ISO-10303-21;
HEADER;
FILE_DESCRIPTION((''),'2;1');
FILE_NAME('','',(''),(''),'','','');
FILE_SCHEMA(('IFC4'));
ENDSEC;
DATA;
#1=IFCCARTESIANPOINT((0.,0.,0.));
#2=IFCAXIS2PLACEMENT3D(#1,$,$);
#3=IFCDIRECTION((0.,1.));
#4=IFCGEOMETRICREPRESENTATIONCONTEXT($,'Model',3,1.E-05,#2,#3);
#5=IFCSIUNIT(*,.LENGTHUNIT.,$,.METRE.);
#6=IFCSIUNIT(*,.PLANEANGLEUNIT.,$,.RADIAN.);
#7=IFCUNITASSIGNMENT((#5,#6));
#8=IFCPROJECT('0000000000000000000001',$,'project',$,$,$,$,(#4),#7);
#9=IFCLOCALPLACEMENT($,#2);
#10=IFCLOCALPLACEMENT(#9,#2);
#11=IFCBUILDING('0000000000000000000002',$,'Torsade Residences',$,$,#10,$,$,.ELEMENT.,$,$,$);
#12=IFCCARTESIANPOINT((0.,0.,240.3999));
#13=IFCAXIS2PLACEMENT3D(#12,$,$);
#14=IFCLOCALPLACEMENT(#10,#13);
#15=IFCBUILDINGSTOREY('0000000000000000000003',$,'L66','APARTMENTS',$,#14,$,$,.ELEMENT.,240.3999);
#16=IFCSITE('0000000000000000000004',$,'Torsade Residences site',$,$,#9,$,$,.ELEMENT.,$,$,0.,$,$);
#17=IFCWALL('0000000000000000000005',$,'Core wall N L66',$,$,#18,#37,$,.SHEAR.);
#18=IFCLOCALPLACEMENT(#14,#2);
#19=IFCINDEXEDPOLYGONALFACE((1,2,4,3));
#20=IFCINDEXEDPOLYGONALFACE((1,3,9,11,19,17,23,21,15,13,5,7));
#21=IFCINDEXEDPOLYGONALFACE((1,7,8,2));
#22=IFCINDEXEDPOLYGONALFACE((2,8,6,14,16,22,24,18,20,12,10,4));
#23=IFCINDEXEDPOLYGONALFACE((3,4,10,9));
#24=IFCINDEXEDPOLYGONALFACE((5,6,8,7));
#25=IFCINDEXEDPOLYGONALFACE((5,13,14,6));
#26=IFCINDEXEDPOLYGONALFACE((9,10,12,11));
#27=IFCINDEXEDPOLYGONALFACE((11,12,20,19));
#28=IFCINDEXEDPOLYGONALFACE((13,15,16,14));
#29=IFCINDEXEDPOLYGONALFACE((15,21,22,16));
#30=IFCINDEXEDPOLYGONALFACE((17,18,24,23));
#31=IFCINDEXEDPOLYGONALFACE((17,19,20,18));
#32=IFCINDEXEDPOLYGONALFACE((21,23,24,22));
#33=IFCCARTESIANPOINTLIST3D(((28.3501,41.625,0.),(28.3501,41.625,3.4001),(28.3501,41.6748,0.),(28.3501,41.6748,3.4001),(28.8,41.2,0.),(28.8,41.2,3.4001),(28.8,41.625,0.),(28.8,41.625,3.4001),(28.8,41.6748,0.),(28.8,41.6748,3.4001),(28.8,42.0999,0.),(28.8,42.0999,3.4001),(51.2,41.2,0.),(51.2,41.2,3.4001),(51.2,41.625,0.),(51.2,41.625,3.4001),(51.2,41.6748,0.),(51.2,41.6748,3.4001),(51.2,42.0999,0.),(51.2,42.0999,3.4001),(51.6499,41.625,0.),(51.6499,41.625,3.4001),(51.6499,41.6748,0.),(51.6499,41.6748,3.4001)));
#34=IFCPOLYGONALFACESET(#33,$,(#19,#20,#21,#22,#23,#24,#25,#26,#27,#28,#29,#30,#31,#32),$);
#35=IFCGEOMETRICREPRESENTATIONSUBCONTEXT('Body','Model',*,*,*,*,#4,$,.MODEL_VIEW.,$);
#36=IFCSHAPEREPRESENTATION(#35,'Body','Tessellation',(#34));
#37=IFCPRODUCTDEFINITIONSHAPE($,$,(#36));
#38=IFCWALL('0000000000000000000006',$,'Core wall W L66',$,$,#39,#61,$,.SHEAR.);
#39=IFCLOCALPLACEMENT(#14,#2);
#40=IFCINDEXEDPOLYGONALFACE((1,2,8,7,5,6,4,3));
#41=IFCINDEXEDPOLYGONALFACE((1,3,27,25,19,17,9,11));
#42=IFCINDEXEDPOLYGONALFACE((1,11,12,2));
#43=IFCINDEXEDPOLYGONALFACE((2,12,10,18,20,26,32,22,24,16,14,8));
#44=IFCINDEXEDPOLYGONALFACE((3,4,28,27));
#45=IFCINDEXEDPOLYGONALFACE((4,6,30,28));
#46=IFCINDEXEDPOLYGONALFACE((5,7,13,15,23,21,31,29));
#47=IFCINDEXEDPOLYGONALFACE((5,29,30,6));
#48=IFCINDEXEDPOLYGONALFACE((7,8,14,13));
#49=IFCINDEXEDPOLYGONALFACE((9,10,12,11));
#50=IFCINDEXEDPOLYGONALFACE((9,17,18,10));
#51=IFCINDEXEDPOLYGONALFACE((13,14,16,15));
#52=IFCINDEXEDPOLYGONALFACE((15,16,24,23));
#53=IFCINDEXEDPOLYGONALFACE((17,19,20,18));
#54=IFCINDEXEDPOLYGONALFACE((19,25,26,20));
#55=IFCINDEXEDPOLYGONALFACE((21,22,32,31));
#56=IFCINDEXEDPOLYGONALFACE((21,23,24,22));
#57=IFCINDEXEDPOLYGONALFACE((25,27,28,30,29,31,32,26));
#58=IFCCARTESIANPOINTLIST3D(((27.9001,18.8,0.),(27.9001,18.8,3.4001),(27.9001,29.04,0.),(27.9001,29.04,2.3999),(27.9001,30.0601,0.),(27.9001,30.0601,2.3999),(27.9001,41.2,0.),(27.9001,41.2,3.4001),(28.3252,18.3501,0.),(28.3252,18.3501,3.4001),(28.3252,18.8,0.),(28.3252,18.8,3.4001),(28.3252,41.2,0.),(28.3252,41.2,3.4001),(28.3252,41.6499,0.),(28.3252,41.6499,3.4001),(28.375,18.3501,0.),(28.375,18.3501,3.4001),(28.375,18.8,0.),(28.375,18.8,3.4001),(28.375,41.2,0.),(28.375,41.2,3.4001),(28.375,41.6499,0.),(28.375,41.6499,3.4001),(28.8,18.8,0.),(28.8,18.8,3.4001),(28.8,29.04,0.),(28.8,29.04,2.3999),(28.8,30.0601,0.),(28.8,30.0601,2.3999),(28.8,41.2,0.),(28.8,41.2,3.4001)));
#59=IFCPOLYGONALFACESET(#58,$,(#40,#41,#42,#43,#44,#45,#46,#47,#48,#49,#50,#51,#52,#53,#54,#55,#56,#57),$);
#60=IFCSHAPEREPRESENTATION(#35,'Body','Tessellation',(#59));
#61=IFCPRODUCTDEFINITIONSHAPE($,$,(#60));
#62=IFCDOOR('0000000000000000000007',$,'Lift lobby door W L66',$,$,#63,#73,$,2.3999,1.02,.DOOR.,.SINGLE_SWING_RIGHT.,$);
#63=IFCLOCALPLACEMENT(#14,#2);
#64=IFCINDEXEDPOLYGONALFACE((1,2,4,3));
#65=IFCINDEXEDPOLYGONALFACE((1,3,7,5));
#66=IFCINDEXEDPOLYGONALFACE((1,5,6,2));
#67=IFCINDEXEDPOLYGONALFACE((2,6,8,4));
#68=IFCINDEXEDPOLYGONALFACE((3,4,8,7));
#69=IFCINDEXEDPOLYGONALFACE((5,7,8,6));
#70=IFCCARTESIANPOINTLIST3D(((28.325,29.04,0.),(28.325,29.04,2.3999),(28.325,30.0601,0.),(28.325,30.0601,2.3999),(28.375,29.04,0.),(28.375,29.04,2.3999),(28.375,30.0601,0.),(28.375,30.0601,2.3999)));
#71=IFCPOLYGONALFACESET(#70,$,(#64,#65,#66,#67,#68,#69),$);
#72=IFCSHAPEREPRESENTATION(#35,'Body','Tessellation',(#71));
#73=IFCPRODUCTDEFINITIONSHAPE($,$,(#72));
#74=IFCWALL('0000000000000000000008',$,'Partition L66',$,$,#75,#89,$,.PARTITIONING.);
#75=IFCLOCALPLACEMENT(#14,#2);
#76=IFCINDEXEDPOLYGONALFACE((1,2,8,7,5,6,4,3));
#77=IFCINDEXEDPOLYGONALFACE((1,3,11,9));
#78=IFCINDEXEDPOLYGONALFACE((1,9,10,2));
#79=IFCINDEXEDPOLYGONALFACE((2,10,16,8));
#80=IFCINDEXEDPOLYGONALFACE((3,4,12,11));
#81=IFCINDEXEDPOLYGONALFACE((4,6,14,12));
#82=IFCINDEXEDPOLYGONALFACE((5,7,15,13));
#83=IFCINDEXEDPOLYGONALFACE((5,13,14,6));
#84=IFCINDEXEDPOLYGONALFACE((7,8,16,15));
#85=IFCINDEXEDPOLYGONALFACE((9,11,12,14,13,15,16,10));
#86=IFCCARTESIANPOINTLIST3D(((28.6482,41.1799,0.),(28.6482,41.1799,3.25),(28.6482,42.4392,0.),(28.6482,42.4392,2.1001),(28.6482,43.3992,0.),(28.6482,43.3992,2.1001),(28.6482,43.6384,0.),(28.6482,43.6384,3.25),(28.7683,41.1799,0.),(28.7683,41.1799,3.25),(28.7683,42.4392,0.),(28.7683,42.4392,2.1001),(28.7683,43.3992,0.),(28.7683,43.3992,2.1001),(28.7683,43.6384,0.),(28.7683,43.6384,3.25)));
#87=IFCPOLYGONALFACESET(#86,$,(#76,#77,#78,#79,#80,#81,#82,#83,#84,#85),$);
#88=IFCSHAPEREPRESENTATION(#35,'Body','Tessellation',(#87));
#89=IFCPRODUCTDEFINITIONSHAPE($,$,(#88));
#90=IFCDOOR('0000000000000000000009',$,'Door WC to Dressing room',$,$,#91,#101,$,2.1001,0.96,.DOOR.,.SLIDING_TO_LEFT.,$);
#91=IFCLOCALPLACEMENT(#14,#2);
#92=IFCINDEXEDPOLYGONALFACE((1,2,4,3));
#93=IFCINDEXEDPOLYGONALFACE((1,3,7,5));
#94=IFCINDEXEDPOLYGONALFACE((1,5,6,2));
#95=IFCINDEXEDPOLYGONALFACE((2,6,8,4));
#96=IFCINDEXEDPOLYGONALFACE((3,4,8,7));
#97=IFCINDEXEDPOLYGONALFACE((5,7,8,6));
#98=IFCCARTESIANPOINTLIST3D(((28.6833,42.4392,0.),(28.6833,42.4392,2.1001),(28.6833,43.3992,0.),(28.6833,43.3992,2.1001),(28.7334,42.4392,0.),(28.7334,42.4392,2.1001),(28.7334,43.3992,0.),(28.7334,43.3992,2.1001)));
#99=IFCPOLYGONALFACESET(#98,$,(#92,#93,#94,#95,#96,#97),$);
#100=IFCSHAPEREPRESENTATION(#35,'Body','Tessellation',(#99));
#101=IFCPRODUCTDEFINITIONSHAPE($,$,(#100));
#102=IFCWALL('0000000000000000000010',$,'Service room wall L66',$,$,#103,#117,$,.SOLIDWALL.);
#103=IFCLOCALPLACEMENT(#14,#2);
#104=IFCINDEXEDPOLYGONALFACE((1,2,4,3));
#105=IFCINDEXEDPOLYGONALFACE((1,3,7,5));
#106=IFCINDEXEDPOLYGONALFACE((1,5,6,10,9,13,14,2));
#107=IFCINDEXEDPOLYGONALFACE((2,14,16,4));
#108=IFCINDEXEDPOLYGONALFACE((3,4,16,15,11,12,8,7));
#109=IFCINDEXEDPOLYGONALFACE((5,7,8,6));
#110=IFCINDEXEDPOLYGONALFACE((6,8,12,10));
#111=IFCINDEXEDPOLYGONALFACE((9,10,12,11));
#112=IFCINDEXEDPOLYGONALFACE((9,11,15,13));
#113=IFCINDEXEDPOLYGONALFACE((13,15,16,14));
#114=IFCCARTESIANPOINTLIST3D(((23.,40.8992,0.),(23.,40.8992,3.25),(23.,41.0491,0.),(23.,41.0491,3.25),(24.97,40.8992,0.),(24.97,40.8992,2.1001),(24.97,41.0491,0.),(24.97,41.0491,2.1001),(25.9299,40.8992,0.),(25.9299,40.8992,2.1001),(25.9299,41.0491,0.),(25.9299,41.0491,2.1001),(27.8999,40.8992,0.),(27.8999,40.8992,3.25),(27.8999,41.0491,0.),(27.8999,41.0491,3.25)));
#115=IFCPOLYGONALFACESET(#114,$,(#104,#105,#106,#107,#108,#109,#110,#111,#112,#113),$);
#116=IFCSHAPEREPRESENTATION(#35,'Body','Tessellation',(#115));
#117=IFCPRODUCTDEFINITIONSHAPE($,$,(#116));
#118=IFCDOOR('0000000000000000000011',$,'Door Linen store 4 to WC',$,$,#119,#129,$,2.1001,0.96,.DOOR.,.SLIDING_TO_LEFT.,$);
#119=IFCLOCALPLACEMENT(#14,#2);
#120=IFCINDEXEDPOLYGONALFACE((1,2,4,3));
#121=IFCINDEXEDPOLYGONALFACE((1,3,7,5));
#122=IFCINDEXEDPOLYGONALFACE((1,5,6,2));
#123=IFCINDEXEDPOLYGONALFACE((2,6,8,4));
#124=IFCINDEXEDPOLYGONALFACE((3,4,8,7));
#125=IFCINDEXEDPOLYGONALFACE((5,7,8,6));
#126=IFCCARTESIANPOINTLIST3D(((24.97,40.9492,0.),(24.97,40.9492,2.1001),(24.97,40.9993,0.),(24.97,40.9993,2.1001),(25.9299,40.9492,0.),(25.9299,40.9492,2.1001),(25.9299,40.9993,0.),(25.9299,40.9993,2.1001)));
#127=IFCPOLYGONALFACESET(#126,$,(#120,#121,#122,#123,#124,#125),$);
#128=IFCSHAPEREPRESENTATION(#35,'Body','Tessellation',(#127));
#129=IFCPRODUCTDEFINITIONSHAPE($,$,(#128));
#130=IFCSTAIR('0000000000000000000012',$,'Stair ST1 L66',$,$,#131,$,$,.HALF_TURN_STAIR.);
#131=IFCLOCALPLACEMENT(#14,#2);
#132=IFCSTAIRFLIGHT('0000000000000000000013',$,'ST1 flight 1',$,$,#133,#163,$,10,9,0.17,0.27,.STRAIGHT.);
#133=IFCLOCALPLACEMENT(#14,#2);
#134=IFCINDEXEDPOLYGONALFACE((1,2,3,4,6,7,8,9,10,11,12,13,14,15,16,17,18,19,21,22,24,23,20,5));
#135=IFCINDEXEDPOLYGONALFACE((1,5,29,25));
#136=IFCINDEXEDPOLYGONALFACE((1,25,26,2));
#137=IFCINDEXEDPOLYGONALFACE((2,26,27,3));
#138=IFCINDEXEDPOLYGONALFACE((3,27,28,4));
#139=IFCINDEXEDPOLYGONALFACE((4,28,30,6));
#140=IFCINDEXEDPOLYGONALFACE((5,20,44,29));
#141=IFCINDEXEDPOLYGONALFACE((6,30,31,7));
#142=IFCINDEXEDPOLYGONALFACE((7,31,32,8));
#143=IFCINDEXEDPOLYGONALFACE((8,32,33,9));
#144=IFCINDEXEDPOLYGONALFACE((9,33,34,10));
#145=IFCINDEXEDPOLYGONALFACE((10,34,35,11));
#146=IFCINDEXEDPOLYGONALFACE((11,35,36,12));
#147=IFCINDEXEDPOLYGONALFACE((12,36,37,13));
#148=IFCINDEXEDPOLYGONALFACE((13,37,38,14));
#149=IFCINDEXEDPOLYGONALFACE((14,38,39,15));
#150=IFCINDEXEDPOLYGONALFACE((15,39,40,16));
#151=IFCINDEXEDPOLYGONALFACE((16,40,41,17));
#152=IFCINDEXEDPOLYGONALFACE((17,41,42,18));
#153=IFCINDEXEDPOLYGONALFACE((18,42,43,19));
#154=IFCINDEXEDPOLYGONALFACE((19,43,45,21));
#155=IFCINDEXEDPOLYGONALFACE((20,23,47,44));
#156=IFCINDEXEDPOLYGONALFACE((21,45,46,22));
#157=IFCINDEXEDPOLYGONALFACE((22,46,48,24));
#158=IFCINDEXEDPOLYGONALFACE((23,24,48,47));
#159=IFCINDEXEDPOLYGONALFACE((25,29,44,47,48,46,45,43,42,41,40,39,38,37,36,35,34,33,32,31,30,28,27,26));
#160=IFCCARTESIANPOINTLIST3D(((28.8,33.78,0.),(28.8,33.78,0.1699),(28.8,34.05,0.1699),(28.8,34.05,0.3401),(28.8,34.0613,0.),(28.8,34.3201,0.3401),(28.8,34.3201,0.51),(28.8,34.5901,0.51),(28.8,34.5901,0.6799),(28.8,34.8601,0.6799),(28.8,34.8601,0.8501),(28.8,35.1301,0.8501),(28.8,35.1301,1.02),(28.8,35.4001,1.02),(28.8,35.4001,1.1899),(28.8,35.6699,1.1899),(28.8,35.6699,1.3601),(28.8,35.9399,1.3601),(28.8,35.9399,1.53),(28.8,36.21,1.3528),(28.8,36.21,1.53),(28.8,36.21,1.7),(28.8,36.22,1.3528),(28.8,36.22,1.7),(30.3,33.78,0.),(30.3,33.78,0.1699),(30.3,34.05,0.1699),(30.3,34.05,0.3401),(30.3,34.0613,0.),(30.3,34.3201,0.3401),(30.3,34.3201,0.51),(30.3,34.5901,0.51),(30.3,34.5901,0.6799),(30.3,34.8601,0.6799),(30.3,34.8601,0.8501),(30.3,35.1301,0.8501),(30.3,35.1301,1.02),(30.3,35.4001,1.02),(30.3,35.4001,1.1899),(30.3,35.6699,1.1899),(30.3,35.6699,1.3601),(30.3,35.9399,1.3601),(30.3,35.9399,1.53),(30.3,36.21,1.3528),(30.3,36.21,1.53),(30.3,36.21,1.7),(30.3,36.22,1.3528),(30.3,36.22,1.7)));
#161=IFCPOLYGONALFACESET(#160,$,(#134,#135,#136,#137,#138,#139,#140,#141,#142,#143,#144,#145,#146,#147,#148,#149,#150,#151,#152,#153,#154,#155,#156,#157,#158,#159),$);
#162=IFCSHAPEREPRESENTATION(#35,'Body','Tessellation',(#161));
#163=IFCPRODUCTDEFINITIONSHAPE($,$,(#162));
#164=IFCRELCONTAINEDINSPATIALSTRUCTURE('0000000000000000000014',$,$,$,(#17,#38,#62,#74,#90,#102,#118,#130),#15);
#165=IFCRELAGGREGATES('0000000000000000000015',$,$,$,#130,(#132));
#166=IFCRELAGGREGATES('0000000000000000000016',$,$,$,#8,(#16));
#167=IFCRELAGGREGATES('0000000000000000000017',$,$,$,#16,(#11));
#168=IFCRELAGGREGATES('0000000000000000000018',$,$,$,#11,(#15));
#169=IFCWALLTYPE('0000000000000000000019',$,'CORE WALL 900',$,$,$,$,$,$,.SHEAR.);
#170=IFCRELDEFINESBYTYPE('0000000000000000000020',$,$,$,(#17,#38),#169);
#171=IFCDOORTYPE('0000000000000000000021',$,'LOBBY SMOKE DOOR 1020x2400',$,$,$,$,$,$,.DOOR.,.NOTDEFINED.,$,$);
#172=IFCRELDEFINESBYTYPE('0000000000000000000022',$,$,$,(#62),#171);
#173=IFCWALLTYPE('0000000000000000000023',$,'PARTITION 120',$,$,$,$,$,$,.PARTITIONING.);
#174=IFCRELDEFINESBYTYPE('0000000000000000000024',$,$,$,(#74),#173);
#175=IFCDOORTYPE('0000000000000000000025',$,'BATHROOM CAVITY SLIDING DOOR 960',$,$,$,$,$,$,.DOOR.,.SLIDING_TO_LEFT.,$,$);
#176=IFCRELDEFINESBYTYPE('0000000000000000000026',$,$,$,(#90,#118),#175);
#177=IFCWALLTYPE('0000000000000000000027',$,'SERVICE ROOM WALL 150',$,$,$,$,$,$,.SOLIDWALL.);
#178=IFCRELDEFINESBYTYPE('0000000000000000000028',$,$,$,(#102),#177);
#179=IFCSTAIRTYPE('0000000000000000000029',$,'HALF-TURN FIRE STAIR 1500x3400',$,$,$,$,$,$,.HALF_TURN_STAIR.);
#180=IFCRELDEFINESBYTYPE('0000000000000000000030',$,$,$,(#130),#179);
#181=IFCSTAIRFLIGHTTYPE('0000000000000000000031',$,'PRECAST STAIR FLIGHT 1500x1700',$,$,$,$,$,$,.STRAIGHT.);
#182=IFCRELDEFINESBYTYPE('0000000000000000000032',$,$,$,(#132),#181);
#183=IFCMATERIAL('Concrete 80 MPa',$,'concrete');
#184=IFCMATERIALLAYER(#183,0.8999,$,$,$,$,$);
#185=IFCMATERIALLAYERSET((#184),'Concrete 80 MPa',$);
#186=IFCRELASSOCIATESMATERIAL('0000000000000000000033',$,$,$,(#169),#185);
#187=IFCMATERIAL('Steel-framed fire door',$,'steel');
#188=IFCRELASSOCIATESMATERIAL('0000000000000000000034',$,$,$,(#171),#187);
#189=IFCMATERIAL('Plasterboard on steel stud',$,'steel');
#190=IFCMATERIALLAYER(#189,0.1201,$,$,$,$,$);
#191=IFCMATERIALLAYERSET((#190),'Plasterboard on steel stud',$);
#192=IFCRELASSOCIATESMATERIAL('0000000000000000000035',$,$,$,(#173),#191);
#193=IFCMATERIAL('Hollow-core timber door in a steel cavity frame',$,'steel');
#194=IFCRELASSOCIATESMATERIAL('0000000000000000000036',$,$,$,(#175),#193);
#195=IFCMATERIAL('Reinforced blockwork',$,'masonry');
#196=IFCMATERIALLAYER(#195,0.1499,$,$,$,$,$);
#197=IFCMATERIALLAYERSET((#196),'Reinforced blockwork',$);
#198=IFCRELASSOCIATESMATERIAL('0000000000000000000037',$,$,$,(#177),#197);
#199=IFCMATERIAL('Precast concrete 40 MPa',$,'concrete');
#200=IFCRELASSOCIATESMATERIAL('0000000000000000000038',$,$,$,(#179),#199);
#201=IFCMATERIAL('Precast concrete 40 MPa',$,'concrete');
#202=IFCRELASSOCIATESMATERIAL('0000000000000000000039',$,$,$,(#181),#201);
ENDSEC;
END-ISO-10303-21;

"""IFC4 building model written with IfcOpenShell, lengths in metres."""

from ifc_helpers import new_model, si_unit, direction, frame, frame_2d, origin, place, context, subcontext, project, spatial, polyline, rectangle, outline, extrude, material, layer, layer_set, type_object, element, fill, aggregate, save


model = new_model("IFC4")

# Units and contexts
model_context = context("Model", 3, precision=1e-05, world=origin(), true_north=direction((0.0, 1.0)))
body_context = subcontext(model_context, "Body", "Model", "MODEL_VIEW")
ifc_project = project(units=[si_unit("LENGTHUNIT", "METRE"), si_unit("PLANEANGLEUNIT", "RADIAN")], contexts=[model_context])

# Site, building, storey
site_placement = place(None, origin())
site = spatial("IfcSite", under=ifc_project, at=site_placement, Name="Torsade Residences site", CompositionType="ELEMENT", RefElevation=0.0)
building_placement = place(site_placement, origin())
building = spatial("IfcBuilding", under=site, at=building_placement, Name="Torsade Residences", CompositionType="ELEMENT")
storey_placement = place(building_placement, frame((0.0, 0.0, 240.3999)))
storey = spatial("IfcBuildingStorey", under=building, at=storey_placement, Name="L66", Description="APARTMENTS", CompositionType="ELEMENT", Elevation=240.3999)

# Wall
ifc_material_1 = material(Name="Concrete 80 MPa", Category="concrete")
ifc_layer_1 = layer(ifc_material_1, 0.8999)
ifc_layer_set_1 = layer_set([ifc_layer_1], Name="Concrete 80 MPa")
wall_type_1 = type_object("IfcWallType", Name="CORE WALL 900", PredefinedType="SHEAR", material=ifc_layer_set_1)
wall_1_placement = place(storey_placement, frame((28.8, 41.6499, 0.0), z_axis=(0.0, 0.0, 1.0), x_axis=(1.0, 0.0, 0.0)))
element("IfcWall", 1, at=wall_1_placement, inside=storey, type_object=wall_type_1, Name="Core wall N L66", PredefinedType="SHEAR", context=body_context, shape_type="SweptSolid", body=[
    extrude(outline(polyline([(0.0, -0.45), (22.3999, -0.45), (22.3999, -0.0249), (22.8499, -0.0249), (22.8499, 0.0249), (22.3999, 0.0249), (22.3999, 0.45), (0.0, 0.45), (0.0, 0.0249), (-0.45, 0.0249), (-0.45, -0.0249), (0.0, -0.0249), (0.0, -0.45)])), origin(), (0.0, 0.0, 1.0), 3.4001),
])

# Walls, openings, doors
wall_2_placement = place(storey_placement, frame((28.3501, 41.2, 0.0), z_axis=(0.0, 0.0, 1.0), x_axis=(0.0, -1.0, 0.0)))
wall_2 = element("IfcWall", 2, at=wall_2_placement, inside=storey, type_object=wall_type_1, Name="Core wall W L66", PredefinedType="SHEAR", context=body_context, shape_type="SweptSolid", body=[
    extrude(outline(polyline([(0.0, -0.45), (22.3999, -0.45), (22.3999, -0.0249), (22.8499, -0.0249), (22.8499, 0.0249), (22.3999, 0.0249), (22.3999, 0.45), (0.0, 0.45), (0.0, 0.0249), (-0.45, 0.0249), (-0.45, -0.0249), (0.0, -0.0249), (0.0, -0.45)])), origin(), (0.0, 0.0, 1.0), 3.4001),
])
opening_1_placement = place(wall_2_placement, frame((11.1399, 0.0, 0.0)))
opening_1 = element("IfcOpeningElement", 3, at=opening_1_placement, cuts=wall_2, PredefinedType="OPENING", context=body_context, shape_type="SweptSolid", body=[
    extrude(rectangle(XDim=1.02, YDim=2.3999, at=frame_2d((0.51, 1.2))), frame((0.0, 0.46, 0.0), z_axis=(0.0, -1.0, 0.0), x_axis=(1.0, 0.0, 0.0)), (0.0, 0.0, 1.0), 0.9199),
])
ifc_material_2 = material(Name="Steel-framed fire door", Category="steel")
door_type_1 = type_object("IfcDoorType", Name="LOBBY SMOKE DOOR 1020x2400", OperationType="NOTDEFINED", PredefinedType="DOOR", material=ifc_material_2)
door_1_placement = place(opening_1_placement, origin())
door_1 = element("IfcDoor", 4, at=door_1_placement, inside=storey, type_object=door_type_1, Name="Lift lobby door W L66", OperationType="SINGLE_SWING_RIGHT", OverallHeight=2.3999, OverallWidth=1.02, PredefinedType="DOOR", context=body_context, shape_type="SweptSolid", body=[
    extrude(rectangle(XDim=1.02, YDim=2.3999, at=frame_2d((0.51, 1.2))), frame((0.0, 0.0249, 0.0), z_axis=(0.0, -1.0, 0.0), x_axis=(1.0, 0.0, 0.0)), (0.0, 0.0, 1.0), 0.05),
])
fill(opening_1, door_1)
ifc_material_3 = material(Name="Plasterboard on steel stud", Category="steel")
ifc_layer_2 = layer(ifc_material_3, 0.1201)
ifc_layer_set_2 = layer_set([ifc_layer_2], Name="Plasterboard on steel stud")
wall_type_2 = type_object("IfcWallType", Name="PARTITION 120", PredefinedType="PARTITIONING", material=ifc_layer_set_2)
wall_3_placement = place(storey_placement, frame((28.7083, 41.1799, 0.0), z_axis=(0.0, 0.0, 1.0), x_axis=(0.0, 1.0, 0.0)))
wall_3 = element("IfcWall", 5, at=wall_3_placement, inside=storey, type_object=wall_type_2, Name="Partition L66", PredefinedType="PARTITIONING", context=body_context, shape_type="SweptSolid", body=[
    extrude(rectangle(XDim=2.4585, YDim=0.1201, at=frame_2d((1.2292, 0.0))), origin(), (0.0, 0.0, 1.0), 3.25),
])
opening_2_placement = place(wall_3_placement, frame((1.2593, 0.0, 0.0)))
opening_2 = element("IfcOpeningElement", 6, at=opening_2_placement, cuts=wall_3, PredefinedType="OPENING", context=body_context, shape_type="SweptSolid", body=[
    extrude(rectangle(XDim=0.96, YDim=2.1001, at=frame_2d((0.48, 1.05))), frame((0.0, 0.0701, 0.0), z_axis=(0.0, -1.0, 0.0), x_axis=(1.0, 0.0, 0.0)), (0.0, 0.0, 1.0), 0.1401),
])
ifc_material_4 = material(Name="Hollow-core timber door in a steel cavity frame", Category="steel")
door_type_2 = type_object("IfcDoorType", Name="BATHROOM CAVITY SLIDING DOOR 960", OperationType="SLIDING_TO_LEFT", PredefinedType="DOOR", material=ifc_material_4)
door_2_placement = place(opening_2_placement, origin())
door_2 = element("IfcDoor", 7, at=door_2_placement, inside=storey, type_object=door_type_2, Name="Door WC to Dressing room", OperationType="SLIDING_TO_LEFT", OverallHeight=2.1001, OverallWidth=0.96, PredefinedType="DOOR", context=body_context, shape_type="SweptSolid", body=[
    extrude(rectangle(XDim=0.96, YDim=2.1001, at=frame_2d((0.48, 1.05))), frame((0.0, 0.0249, 0.0), z_axis=(0.0, -1.0, 0.0), x_axis=(1.0, 0.0, 0.0)), (0.0, 0.0, 1.0), 0.05),
])
fill(opening_2, door_2)
ifc_material_5 = material(Name="Reinforced blockwork", Category="masonry")
ifc_layer_3 = layer(ifc_material_5, 0.1499)
ifc_layer_set_3 = layer_set([ifc_layer_3], Name="Reinforced blockwork")
wall_type_3 = type_object("IfcWallType", Name="SERVICE ROOM WALL 150", PredefinedType="SOLIDWALL", material=ifc_layer_set_3)
wall_4_placement = place(storey_placement, frame((27.8999, 40.9741, 0.0), z_axis=(0.0, 0.0, 1.0), x_axis=(-1.0, 0.0, 0.0)))
wall_4 = element("IfcWall", 8, at=wall_4_placement, inside=storey, type_object=wall_type_3, Name="Service room wall L66", PredefinedType="SOLIDWALL", context=body_context, shape_type="SweptSolid", body=[
    extrude(rectangle(XDim=4.8999, YDim=0.1499, at=frame_2d((2.45, 0.0))), origin(), (0.0, 0.0, 1.0), 3.25),
])
opening_3_placement = place(wall_4_placement, frame((1.97, 0.0, 0.0)))
opening_3 = element("IfcOpeningElement", 9, at=opening_3_placement, cuts=wall_4, PredefinedType="OPENING", context=body_context, shape_type="SweptSolid", body=[
    extrude(rectangle(XDim=0.96, YDim=2.1001, at=frame_2d((0.48, 1.05))), frame((0.0, 0.085, 0.0), z_axis=(0.0, -1.0, 0.0), x_axis=(1.0, 0.0, 0.0)), (0.0, 0.0, 1.0), 0.1699),
])
door_3_placement = place(opening_3_placement, origin())
door_3 = element("IfcDoor", 10, at=door_3_placement, inside=storey, type_object=door_type_2, Name="Door Linen store 4 to WC", OperationType="SLIDING_TO_LEFT", OverallHeight=2.1001, OverallWidth=0.96, PredefinedType="DOOR", context=body_context, shape_type="SweptSolid", body=[
    extrude(rectangle(XDim=0.96, YDim=2.1001, at=frame_2d((0.48, 1.05))), frame((0.0, 0.0249, 0.0), z_axis=(0.0, -1.0, 0.0), x_axis=(1.0, 0.0, 0.0)), (0.0, 0.0, 1.0), 0.05),
])
fill(opening_3, door_3)

# Stair, stair flight
ifc_material_6 = material(Name="Precast concrete 40 MPa", Category="concrete")
stair_type = type_object("IfcStairType", Name="HALF-TURN FIRE STAIR 1500x3400", PredefinedType="HALF_TURN_STAIR", material=ifc_material_6)
stair_placement = place(storey_placement, origin())
stair = element("IfcStair", 11, at=stair_placement, inside=storey, type_object=stair_type, Name="Stair ST1 L66", PredefinedType="HALF_TURN_STAIR")
ifc_material_7 = material(Name="Precast concrete 40 MPa", Category="concrete")
stair_flight_type = type_object("IfcStairFlightType", Name="PRECAST STAIR FLIGHT 1500x1700", PredefinedType="STRAIGHT", material=ifc_material_7)
stair_flight_placement = place(storey_placement, frame((29.55, 33.78, 0.0), z_axis=(0.0, 0.0, 1.0), x_axis=(0.0, 1.0, 0.0)))
stair_flight = element("IfcStairFlight", 12, at=stair_flight_placement, type_object=stair_flight_type, Name="ST1 flight 1", NumberOfRisers=10, NumberOfTreads=9, PredefinedType="STRAIGHT", RiserHeight=0.17, TreadLength=0.27, context=body_context, shape_type="SweptSolid", body=[
    extrude(outline(polyline([(0.0, 0.0), (0.0, 0.1699), (0.27, 0.1699), (0.27, 0.3401), (0.54, 0.3401), (0.54, 0.51), (0.8101, 0.51), (0.8101, 0.6799), (1.0801, 0.6799), (1.0801, 0.8501), (1.3501, 0.8501), (1.3501, 1.02), (1.6201, 1.02), (1.6201, 1.1899), (1.8899, 1.1899), (1.8899, 1.3601), (2.1599, 1.3601), (2.1599, 1.53), (2.4299, 1.53), (2.4299, 1.7), (2.4399, 1.7), (2.4399, 1.3528), (2.4299, 1.3528), (0.2812, 0.0), (0.0, 0.0)])), frame((0.0, 0.75, 0.0), z_axis=(0.0, -1.0, 0.0), x_axis=(1.0, 0.0, 0.0)), (0.0, 0.0, 1.0), 1.5),
])
aggregate(stair, [stair_flight])

save(model, "model.ifc")
